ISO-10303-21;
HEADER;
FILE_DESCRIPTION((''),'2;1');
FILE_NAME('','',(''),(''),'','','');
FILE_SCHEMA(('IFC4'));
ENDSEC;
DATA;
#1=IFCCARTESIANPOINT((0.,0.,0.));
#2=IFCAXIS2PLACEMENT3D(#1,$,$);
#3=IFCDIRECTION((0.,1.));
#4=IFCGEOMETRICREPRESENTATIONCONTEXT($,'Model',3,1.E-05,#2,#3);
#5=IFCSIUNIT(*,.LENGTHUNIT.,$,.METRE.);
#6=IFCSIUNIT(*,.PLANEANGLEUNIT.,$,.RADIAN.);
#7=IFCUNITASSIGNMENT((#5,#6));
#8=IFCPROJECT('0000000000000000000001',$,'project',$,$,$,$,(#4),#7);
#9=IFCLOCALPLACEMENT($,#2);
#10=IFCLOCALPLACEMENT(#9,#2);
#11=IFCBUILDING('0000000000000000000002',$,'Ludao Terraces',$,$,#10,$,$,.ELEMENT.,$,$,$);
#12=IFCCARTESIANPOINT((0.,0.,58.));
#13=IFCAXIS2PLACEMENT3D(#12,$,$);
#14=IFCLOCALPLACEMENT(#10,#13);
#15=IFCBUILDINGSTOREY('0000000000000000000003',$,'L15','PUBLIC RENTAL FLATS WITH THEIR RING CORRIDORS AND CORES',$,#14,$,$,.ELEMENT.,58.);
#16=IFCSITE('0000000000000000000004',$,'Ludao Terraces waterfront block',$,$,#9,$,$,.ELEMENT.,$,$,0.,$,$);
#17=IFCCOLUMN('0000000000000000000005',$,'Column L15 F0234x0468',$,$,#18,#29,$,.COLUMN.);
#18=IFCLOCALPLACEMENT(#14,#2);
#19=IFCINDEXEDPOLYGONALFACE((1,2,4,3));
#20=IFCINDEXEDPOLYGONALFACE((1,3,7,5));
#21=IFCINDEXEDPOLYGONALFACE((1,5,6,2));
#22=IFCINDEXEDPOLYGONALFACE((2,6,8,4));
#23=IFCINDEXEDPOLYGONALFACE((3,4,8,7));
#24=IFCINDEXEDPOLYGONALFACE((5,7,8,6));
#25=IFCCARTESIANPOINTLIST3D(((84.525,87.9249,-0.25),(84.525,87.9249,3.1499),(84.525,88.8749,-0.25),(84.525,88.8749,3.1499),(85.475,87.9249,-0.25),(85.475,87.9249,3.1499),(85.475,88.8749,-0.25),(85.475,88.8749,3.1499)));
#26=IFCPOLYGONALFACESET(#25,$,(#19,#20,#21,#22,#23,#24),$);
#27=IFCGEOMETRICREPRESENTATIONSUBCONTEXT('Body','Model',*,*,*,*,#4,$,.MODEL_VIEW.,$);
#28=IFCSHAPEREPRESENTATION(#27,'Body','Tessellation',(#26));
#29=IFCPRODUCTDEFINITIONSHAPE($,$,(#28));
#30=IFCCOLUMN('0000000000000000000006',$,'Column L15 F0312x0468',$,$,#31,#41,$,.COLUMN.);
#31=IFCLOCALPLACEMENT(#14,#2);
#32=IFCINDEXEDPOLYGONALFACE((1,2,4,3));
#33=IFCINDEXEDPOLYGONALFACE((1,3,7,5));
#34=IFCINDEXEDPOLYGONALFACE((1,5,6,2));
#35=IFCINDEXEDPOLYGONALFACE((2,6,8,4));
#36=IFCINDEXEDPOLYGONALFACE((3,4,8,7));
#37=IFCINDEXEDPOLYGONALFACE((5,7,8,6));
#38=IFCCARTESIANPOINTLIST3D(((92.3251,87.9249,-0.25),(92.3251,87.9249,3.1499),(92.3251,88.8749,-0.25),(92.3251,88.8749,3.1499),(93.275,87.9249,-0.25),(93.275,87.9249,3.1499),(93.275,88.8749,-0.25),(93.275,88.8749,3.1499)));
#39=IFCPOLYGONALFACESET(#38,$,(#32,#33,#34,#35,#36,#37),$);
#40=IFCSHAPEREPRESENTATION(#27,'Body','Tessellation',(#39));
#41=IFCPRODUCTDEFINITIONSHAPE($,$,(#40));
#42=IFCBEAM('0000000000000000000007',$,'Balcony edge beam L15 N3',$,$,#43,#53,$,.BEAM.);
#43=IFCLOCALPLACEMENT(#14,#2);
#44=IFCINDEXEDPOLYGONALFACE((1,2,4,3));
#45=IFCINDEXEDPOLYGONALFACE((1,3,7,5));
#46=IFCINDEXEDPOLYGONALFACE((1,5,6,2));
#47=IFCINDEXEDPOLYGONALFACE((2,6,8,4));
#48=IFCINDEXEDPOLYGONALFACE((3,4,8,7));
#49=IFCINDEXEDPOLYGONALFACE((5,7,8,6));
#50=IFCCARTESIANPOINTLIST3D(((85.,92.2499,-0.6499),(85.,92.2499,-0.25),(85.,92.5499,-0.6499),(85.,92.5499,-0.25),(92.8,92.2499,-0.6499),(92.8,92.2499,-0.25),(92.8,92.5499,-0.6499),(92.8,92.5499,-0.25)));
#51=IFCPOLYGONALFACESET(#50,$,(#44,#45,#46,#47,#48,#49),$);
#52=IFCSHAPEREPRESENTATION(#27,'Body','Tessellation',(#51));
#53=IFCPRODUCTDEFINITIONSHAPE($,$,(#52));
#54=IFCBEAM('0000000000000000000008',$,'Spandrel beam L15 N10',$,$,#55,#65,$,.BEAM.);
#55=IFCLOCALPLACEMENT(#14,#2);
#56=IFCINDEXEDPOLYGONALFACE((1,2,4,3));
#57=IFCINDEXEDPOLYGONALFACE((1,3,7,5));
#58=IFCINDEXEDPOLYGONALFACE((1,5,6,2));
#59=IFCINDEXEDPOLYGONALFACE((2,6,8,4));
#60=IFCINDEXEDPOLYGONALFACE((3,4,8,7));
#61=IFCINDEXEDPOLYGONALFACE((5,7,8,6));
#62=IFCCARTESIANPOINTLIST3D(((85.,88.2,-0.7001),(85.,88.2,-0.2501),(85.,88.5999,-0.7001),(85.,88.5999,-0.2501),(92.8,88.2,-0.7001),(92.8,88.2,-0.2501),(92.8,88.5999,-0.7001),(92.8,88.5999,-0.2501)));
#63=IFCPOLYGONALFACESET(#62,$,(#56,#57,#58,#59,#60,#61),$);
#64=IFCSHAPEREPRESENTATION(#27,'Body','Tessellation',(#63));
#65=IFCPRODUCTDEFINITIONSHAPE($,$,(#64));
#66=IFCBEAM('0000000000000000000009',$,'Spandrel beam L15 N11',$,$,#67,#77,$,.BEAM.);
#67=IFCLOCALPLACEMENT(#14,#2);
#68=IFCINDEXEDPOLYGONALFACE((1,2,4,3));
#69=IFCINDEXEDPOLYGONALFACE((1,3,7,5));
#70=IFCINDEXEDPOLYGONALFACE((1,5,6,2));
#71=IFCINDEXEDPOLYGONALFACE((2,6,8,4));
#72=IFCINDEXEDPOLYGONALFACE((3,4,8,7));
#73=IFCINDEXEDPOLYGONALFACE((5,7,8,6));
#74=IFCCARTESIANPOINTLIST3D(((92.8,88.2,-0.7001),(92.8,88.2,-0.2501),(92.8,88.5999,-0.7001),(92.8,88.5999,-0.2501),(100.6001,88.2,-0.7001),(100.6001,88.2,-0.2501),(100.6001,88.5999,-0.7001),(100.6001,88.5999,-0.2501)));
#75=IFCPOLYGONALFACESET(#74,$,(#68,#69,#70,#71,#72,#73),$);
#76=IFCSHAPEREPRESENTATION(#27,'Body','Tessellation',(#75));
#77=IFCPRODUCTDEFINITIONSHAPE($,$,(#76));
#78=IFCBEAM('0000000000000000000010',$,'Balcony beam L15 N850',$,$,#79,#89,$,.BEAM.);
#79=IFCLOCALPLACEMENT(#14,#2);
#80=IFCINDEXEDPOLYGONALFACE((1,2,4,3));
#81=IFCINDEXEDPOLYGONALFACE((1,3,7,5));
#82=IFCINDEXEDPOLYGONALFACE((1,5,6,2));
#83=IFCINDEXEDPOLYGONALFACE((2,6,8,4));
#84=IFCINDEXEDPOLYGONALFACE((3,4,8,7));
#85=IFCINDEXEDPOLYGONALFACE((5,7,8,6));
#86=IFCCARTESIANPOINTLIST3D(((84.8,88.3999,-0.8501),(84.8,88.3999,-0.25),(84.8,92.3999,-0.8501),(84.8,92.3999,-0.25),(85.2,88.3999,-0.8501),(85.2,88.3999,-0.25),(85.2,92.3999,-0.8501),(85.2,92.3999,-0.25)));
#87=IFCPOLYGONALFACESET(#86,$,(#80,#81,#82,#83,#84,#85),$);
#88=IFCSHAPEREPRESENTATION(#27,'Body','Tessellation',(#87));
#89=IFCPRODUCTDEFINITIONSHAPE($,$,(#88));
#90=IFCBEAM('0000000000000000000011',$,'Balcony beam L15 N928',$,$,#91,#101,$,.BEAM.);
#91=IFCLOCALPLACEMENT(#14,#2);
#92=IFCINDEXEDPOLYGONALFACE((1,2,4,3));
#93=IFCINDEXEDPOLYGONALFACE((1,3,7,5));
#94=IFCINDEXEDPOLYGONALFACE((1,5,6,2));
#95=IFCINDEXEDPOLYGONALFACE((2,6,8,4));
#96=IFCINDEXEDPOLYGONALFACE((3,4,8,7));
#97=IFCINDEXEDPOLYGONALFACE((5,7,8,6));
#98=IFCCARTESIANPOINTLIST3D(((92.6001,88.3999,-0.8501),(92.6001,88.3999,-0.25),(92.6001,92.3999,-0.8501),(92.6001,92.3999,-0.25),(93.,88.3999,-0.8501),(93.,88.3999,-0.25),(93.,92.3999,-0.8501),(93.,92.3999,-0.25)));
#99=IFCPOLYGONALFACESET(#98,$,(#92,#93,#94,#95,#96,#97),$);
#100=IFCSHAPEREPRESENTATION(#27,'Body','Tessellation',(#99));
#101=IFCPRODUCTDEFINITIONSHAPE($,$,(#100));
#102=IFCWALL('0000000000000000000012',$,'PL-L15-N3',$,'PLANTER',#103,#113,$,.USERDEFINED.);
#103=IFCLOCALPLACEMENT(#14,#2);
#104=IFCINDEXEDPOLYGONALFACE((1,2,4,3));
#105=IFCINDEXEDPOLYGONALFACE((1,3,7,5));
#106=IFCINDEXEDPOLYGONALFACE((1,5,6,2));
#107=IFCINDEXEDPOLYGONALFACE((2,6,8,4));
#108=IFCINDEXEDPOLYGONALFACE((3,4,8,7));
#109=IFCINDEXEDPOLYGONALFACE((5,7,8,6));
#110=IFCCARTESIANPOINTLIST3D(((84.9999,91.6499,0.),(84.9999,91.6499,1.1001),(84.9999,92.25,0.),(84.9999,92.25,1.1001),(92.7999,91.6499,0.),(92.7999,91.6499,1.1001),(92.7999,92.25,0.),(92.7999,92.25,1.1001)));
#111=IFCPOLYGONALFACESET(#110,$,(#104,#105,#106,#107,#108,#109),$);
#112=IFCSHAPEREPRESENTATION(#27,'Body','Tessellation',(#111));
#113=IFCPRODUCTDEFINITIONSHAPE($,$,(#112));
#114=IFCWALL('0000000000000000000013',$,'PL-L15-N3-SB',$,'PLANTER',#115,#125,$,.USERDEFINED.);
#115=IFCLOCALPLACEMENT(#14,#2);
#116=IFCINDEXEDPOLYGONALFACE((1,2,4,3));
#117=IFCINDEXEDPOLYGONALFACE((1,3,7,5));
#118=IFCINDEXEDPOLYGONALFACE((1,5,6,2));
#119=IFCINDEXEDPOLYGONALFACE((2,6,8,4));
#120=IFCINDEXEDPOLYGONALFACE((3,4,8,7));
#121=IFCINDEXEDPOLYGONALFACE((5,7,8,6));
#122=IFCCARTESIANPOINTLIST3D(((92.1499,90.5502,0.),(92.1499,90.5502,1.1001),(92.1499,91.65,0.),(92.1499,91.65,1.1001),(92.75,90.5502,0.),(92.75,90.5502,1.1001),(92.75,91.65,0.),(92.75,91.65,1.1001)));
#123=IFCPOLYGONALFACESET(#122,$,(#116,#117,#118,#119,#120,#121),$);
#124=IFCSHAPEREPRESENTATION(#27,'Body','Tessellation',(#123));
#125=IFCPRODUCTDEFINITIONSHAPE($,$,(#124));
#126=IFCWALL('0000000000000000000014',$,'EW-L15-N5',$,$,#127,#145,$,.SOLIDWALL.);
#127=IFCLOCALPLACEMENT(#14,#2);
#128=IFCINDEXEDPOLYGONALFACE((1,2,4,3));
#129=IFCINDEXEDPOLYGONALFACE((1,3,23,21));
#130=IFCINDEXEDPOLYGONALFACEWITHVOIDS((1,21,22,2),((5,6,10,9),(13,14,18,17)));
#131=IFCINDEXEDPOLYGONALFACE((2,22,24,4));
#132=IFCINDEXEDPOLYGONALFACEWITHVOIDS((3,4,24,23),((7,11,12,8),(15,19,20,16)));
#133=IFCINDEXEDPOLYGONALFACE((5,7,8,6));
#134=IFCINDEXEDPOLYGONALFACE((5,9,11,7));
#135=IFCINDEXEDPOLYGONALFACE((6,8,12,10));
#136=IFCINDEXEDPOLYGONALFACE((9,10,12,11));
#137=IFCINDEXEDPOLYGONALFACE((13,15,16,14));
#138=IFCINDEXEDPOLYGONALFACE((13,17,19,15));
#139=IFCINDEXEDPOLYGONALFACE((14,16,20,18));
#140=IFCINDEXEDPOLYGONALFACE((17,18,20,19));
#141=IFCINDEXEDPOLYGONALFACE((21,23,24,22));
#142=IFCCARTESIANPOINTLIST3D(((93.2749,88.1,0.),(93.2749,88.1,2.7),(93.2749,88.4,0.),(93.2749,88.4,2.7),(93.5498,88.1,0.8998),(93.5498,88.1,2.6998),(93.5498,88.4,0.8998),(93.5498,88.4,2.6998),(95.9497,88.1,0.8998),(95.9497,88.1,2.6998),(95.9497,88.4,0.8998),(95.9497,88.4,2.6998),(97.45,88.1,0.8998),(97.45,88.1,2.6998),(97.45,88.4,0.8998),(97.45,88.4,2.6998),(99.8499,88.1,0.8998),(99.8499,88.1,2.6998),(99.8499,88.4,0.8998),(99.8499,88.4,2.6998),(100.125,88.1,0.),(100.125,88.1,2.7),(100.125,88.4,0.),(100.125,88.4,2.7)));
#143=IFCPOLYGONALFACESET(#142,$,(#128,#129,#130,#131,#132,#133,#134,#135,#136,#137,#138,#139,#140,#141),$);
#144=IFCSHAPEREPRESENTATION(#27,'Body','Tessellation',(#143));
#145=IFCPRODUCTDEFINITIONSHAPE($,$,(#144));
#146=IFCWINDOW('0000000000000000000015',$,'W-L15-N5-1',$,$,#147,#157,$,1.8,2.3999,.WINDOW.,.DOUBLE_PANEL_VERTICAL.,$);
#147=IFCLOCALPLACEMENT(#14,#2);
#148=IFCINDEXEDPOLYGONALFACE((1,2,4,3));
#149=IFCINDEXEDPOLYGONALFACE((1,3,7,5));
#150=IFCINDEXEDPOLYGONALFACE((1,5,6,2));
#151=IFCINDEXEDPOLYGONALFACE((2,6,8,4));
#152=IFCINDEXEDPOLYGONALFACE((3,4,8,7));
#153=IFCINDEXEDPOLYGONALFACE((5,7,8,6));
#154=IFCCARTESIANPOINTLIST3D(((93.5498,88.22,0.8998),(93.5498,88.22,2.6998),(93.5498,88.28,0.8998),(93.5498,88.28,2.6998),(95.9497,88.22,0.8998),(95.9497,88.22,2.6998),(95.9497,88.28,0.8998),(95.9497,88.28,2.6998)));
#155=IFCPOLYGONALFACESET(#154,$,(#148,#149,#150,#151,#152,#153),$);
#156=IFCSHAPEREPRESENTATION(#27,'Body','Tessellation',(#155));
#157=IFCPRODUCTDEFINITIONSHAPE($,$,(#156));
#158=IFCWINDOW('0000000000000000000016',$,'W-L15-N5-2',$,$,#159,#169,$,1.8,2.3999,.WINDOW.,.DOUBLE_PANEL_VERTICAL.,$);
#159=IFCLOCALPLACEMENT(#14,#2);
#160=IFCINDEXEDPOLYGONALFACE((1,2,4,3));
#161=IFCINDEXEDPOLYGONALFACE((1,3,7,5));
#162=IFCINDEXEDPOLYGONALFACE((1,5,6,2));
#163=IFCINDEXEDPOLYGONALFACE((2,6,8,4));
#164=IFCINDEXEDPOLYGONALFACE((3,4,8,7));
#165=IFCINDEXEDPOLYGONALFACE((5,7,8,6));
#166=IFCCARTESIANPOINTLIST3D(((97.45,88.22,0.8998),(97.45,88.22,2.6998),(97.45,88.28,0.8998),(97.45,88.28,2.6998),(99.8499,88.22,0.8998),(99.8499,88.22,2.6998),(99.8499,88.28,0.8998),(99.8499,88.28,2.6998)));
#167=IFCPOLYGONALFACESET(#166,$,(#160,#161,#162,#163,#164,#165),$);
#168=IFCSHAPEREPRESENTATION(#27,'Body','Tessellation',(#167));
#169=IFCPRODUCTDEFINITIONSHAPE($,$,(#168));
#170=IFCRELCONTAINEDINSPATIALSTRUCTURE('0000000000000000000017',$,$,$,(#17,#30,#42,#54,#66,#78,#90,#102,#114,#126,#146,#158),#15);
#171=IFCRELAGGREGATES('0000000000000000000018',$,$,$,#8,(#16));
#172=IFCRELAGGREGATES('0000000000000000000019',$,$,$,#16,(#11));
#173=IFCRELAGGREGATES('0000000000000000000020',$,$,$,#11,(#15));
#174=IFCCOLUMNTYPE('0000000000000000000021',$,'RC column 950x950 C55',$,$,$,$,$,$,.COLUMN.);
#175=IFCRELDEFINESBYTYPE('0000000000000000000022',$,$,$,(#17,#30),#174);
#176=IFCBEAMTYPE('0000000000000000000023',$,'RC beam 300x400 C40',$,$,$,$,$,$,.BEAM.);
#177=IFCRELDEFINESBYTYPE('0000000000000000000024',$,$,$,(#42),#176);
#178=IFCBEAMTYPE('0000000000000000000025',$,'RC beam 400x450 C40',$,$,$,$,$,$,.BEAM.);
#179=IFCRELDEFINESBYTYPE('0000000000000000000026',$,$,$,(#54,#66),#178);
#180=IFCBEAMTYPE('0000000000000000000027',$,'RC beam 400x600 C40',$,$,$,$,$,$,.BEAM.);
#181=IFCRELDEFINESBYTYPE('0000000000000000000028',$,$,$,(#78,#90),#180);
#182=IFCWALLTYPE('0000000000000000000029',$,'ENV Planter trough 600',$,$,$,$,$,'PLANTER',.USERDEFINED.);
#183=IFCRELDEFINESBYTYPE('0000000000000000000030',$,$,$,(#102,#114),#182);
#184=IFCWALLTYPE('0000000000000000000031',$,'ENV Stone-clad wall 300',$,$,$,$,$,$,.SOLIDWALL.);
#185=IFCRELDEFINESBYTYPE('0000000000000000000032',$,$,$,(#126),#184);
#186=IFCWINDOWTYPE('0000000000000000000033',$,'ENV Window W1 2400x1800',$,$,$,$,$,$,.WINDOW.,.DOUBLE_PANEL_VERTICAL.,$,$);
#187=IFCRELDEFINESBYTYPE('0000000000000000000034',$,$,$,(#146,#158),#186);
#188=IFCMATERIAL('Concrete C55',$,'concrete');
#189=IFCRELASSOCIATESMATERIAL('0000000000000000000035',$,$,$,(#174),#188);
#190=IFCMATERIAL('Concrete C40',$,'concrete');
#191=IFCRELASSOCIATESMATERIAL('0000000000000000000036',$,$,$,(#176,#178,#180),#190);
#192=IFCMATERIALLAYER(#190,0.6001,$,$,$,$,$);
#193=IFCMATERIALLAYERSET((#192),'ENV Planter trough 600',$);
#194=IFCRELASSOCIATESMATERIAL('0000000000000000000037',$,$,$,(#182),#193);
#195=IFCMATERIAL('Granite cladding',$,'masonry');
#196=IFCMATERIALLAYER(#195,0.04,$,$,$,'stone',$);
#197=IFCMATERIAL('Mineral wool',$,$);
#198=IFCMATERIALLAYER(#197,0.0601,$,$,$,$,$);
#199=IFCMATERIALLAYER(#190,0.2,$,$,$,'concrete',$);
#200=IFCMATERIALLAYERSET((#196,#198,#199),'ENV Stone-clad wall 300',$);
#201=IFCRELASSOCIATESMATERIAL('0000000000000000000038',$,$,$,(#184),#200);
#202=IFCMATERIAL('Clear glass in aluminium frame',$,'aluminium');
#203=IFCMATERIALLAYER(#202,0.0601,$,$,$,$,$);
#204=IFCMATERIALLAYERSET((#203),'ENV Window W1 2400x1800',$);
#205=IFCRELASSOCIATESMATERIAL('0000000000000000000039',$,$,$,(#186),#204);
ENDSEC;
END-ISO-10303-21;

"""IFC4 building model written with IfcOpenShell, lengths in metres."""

from ifc_helpers import new_model, si_unit, direction, frame, frame_2d, origin, origin_2d, place, context, subcontext, project, spatial, rectangle, extrude, material, layer, layer_set, material_profile, profile_set, type_object, element, fill, save


model = new_model("IFC4")

# Units and contexts
model_context = context("Model", 3, precision=1e-05, world=origin(), true_north=direction((0.0, 1.0)))
body_context = subcontext(model_context, "Body", "Model", "MODEL_VIEW")
ifc_project = project(units=[si_unit("LENGTHUNIT", "METRE"), si_unit("PLANEANGLEUNIT", "RADIAN")], contexts=[model_context])

# Site, building, storey
site_placement = place(None, origin())
site = spatial("IfcSite", under=ifc_project, at=site_placement, Name="Ludao Terraces waterfront block", CompositionType="ELEMENT", RefElevation=0.0)
building_placement = place(site_placement, origin())
building = spatial("IfcBuilding", under=site, at=building_placement, Name="Ludao Terraces", CompositionType="ELEMENT")
storey_placement = place(building_placement, frame((0.0, 0.0, 58.0)))
storey = spatial("IfcBuildingStorey", under=building, at=storey_placement, Name="L15", Description="PUBLIC RENTAL FLATS WITH THEIR RING CORRIDORS AND CORES", CompositionType="ELEMENT", Elevation=58.0)

# Columns
ifc_material_1 = material(Name="Concrete C55", Category="concrete")
ifc_material_profile_1 = material_profile(ifc_material_1, rectangle(XDim=0.95, YDim=0.95, at=origin_2d()), Name="950 X 950")
ifc_profile_set_1 = profile_set([ifc_material_profile_1], Name="Concrete C55")
column_type = type_object("IfcColumnType", Name="RC column 950x950 C55", PredefinedType="COLUMN", material=ifc_profile_set_1)
for number, where, z_axis, x_axis, name in (
    (1, (85.0, 88.3999, -0.25), (0.0, 0.0, 1.0), (1.0, 0.0, 0.0), "Column L15 F0234x0468"),
    (2, (92.8, 88.3999, -0.25), (0.0, 0.0, 1.0), (1.0, 0.0, 0.0), "Column L15 F0312x0468"),
):
    element("IfcColumn", number, at=place(storey_placement, frame(where, z_axis=z_axis, x_axis=x_axis)), inside=storey, type_object=column_type, Name=name, PredefinedType="COLUMN", context=body_context, shape_type="SweptSolid", body=[
        extrude(rectangle(XDim=0.95, YDim=0.95, at=origin_2d()), origin(), (0.0, 0.0, 1.0), 3.3999),
    ])

# Beams
ifc_material_2 = material(Name="Concrete C40", Category="concrete")
ifc_material_profile_2 = material_profile(ifc_material_2, rectangle(XDim=0.3, YDim=0.3999, at=origin_2d()), Name="300 X 400")
ifc_profile_set_2 = profile_set([ifc_material_profile_2], Name="Concrete C40")
beam_type_1 = type_object("IfcBeamType", Name="RC beam 300x400 C40", PredefinedType="BEAM", material=ifc_profile_set_2)
beam_placement = place(storey_placement, frame((85.0, 92.3999, -0.45), z_axis=(1.0, 0.0, 0.0), x_axis=(0.0, 1.0, 0.0)))
element("IfcBeam", 3, at=beam_placement, inside=storey, type_object=beam_type_1, Name="Balcony edge beam L15 N3", PredefinedType="BEAM", context=body_context, shape_type="SweptSolid", body=[
    extrude(rectangle(XDim=0.3, YDim=0.3999, at=origin_2d()), origin(), (0.0, 0.0, 1.0), 7.8),
])
ifc_material_profile_3 = material_profile(ifc_material_2, rectangle(XDim=0.3999, YDim=0.45, at=origin_2d()), Name="400 X 450")
ifc_profile_set_3 = profile_set([ifc_material_profile_3], Name="Concrete C40")
beam_type_2 = type_object("IfcBeamType", Name="RC beam 400x450 C40", PredefinedType="BEAM", material=ifc_profile_set_3)
for number, where, z_axis, x_axis, name in (
    (4, (85.0, 88.3999, -0.4751), (1.0, 0.0, 0.0), (0.0, 1.0, 0.0), "Spandrel beam L15 N10"),
    (5, (92.8, 88.3999, -0.4751), (1.0, 0.0, 0.0), (0.0, 1.0, 0.0), "Spandrel beam L15 N11"),
):
    element("IfcBeam", number, at=place(storey_placement, frame(where, z_axis=z_axis, x_axis=x_axis)), inside=storey, type_object=beam_type_2, Name=name, PredefinedType="BEAM", context=body_context, shape_type="SweptSolid", body=[
        extrude(rectangle(XDim=0.3999, YDim=0.45, at=origin_2d()), origin(), (0.0, 0.0, 1.0), 7.8),
    ])
ifc_material_profile_4 = material_profile(ifc_material_2, rectangle(XDim=0.3999, YDim=0.6001, at=origin_2d()), Name="400 X 600")
ifc_profile_set_4 = profile_set([ifc_material_profile_4], Name="Concrete C40")
beam_type_3 = type_object("IfcBeamType", Name="RC beam 400x600 C40", PredefinedType="BEAM", material=ifc_profile_set_4)
for number, where, z_axis, x_axis, name in (
    (6, (85.0, 88.3999, -0.55), (0.0, 1.0, 0.0), (-1.0, 0.0, 0.0), "Balcony beam L15 N850"),
    (7, (92.8, 88.3999, -0.55), (0.0, 1.0, 0.0), (-1.0, 0.0, 0.0), "Balcony beam L15 N928"),
):
    element("IfcBeam", number, at=place(storey_placement, frame(where, z_axis=z_axis, x_axis=x_axis)), inside=storey, type_object=beam_type_3, Name=name, PredefinedType="BEAM", context=body_context, shape_type="SweptSolid", body=[
        extrude(rectangle(XDim=0.3999, YDim=0.6001, at=origin_2d()), origin(), (0.0, 0.0, 1.0), 4.0),
    ])

# Walls
ifc_layer_1 = layer(ifc_material_2, 0.6001)
ifc_layer_set_1 = layer_set([ifc_layer_1], Name="ENV Planter trough 600")
wall_type_1 = type_object("IfcWallType", Name="ENV Planter trough 600", ElementType="PLANTER", PredefinedType="USERDEFINED", material=ifc_layer_set_1)
wall_1_placement = place(storey_placement, frame((85.0, 91.95, 0.0), z_axis=(0.0, 0.0, 1.0), x_axis=(1.0, 0.0, 0.0)))
element("IfcWall", 8, at=wall_1_placement, inside=storey, type_object=wall_type_1, Name="PL-L15-N3", ObjectType="PLANTER", PredefinedType="USERDEFINED", context=body_context, shape_type="SweptSolid", body=[
    extrude(rectangle(XDim=7.8, YDim=0.6001, at=frame_2d((3.8999, 0.0))), origin(), (0.0, 0.0, 1.0), 1.1001),
])
wall_2_placement = place(storey_placement, frame((92.45, 91.6499, 0.0), z_axis=(0.0, 0.0, 1.0), x_axis=(0.0, -1.0, 0.0)))
element("IfcWall", 9, at=wall_2_placement, inside=storey, type_object=wall_type_1, Name="PL-L15-N3-SB", ObjectType="PLANTER", PredefinedType="USERDEFINED", context=body_context, shape_type="SweptSolid", body=[
    extrude(rectangle(XDim=1.0999, YDim=0.6001, at=frame_2d((0.5498, 0.0))), origin(), (0.0, 0.0, 1.0), 1.1001),
])

# Wall, openings, windows
ifc_material_3 = material(Name="Granite cladding", Category="masonry")
ifc_layer_2 = layer(ifc_material_3, 0.04, Category="stone")
ifc_material_4 = material(Name="Mineral wool")
ifc_layer_3 = layer(ifc_material_4, 0.0601)
ifc_layer_4 = layer(ifc_material_2, 0.2, Category="concrete")
ifc_layer_set_2 = layer_set([ifc_layer_2, ifc_layer_3, ifc_layer_4], Name="ENV Stone-clad wall 300")
wall_type_2 = type_object("IfcWallType", Name="ENV Stone-clad wall 300", PredefinedType="SOLIDWALL", material=ifc_layer_set_2)
wall_3_placement = place(storey_placement, frame((93.2749, 88.25, 0.0), z_axis=(0.0, 0.0, 1.0), x_axis=(1.0, 0.0, 0.0)))
wall_3 = element("IfcWall", 10, at=wall_3_placement, inside=storey, type_object=wall_type_2, Name="EW-L15-N5", PredefinedType="SOLIDWALL", context=body_context, shape_type="SweptSolid", body=[
    extrude(rectangle(XDim=6.8501, YDim=0.3, at=frame_2d((3.425, 0.0))), origin(), (0.0, 0.0, 1.0), 2.7),
])
opening_1_placement = place(wall_3_placement, frame((0.2749, 0.0, 0.8999)))
opening_1 = element("IfcOpeningElement", 11, at=opening_1_placement, cuts=wall_3, PredefinedType="OPENING", context=body_context, shape_type="SweptSolid", body=[
    extrude(rectangle(XDim=2.3999, YDim=1.8, at=frame_2d((1.2, 0.8999))), frame((0.0, 0.1602, 0.0), z_axis=(0.0, -1.0, 0.0), x_axis=(1.0, 0.0, 0.0)), (0.0, 0.0, 1.0), 0.3201),
])
opening_2_placement = place(wall_3_placement, frame((4.175, 0.0, 0.8999)))
opening_2 = element("IfcOpeningElement", 12, at=opening_2_placement, cuts=wall_3, PredefinedType="OPENING", context=body_context, shape_type="SweptSolid", body=[
    extrude(rectangle(XDim=2.3999, YDim=1.8, at=frame_2d((1.2, 0.8999))), frame((0.0, 0.1602, 0.0), z_axis=(0.0, -1.0, 0.0), x_axis=(1.0, 0.0, 0.0)), (0.0, 0.0, 1.0), 0.3201),
])
ifc_material_5 = material(Name="Clear glass in aluminium frame", Category="aluminium")
ifc_layer_5 = layer(ifc_material_5, 0.0601)
ifc_layer_set_3 = layer_set([ifc_layer_5], Name="ENV Window W1 2400x1800")
window_type = type_object("IfcWindowType", Name="ENV Window W1 2400x1800", PartitioningType="DOUBLE_PANEL_VERTICAL", PredefinedType="WINDOW", material=ifc_layer_set_3)
window_1_placement = place(opening_1_placement, origin())
window_1 = element("IfcWindow", 13, at=window_1_placement, inside=storey, type_object=window_type, Name="W-L15-N5-1", OverallHeight=1.8, OverallWidth=2.3999, PartitioningType="DOUBLE_PANEL_VERTICAL", PredefinedType="WINDOW", context=body_context, shape_type="SweptSolid", body=[
    extrude(rectangle(XDim=2.3999, YDim=1.8, at=frame_2d((1.2, 0.8999))), frame((0.0, 0.03, 0.0), z_axis=(0.0, -1.0, 0.0), x_axis=(1.0, 0.0, 0.0)), (0.0, 0.0, 1.0), 0.0601),
])
fill(opening_1, window_1)
window_2_placement = place(opening_2_placement, origin())
window_2 = element("IfcWindow", 14, at=window_2_placement, inside=storey, type_object=window_type, Name="W-L15-N5-2", OverallHeight=1.8, OverallWidth=2.3999, PartitioningType="DOUBLE_PANEL_VERTICAL", PredefinedType="WINDOW", context=body_context, shape_type="SweptSolid", body=[
    extrude(rectangle(XDim=2.3999, YDim=1.8, at=frame_2d((1.2, 0.8999))), frame((0.0, 0.03, 0.0), z_axis=(0.0, -1.0, 0.0), x_axis=(1.0, 0.0, 0.0)), (0.0, 0.0, 1.0), 0.0601),
])
fill(opening_2, window_2)

save(model, "model.ifc")
